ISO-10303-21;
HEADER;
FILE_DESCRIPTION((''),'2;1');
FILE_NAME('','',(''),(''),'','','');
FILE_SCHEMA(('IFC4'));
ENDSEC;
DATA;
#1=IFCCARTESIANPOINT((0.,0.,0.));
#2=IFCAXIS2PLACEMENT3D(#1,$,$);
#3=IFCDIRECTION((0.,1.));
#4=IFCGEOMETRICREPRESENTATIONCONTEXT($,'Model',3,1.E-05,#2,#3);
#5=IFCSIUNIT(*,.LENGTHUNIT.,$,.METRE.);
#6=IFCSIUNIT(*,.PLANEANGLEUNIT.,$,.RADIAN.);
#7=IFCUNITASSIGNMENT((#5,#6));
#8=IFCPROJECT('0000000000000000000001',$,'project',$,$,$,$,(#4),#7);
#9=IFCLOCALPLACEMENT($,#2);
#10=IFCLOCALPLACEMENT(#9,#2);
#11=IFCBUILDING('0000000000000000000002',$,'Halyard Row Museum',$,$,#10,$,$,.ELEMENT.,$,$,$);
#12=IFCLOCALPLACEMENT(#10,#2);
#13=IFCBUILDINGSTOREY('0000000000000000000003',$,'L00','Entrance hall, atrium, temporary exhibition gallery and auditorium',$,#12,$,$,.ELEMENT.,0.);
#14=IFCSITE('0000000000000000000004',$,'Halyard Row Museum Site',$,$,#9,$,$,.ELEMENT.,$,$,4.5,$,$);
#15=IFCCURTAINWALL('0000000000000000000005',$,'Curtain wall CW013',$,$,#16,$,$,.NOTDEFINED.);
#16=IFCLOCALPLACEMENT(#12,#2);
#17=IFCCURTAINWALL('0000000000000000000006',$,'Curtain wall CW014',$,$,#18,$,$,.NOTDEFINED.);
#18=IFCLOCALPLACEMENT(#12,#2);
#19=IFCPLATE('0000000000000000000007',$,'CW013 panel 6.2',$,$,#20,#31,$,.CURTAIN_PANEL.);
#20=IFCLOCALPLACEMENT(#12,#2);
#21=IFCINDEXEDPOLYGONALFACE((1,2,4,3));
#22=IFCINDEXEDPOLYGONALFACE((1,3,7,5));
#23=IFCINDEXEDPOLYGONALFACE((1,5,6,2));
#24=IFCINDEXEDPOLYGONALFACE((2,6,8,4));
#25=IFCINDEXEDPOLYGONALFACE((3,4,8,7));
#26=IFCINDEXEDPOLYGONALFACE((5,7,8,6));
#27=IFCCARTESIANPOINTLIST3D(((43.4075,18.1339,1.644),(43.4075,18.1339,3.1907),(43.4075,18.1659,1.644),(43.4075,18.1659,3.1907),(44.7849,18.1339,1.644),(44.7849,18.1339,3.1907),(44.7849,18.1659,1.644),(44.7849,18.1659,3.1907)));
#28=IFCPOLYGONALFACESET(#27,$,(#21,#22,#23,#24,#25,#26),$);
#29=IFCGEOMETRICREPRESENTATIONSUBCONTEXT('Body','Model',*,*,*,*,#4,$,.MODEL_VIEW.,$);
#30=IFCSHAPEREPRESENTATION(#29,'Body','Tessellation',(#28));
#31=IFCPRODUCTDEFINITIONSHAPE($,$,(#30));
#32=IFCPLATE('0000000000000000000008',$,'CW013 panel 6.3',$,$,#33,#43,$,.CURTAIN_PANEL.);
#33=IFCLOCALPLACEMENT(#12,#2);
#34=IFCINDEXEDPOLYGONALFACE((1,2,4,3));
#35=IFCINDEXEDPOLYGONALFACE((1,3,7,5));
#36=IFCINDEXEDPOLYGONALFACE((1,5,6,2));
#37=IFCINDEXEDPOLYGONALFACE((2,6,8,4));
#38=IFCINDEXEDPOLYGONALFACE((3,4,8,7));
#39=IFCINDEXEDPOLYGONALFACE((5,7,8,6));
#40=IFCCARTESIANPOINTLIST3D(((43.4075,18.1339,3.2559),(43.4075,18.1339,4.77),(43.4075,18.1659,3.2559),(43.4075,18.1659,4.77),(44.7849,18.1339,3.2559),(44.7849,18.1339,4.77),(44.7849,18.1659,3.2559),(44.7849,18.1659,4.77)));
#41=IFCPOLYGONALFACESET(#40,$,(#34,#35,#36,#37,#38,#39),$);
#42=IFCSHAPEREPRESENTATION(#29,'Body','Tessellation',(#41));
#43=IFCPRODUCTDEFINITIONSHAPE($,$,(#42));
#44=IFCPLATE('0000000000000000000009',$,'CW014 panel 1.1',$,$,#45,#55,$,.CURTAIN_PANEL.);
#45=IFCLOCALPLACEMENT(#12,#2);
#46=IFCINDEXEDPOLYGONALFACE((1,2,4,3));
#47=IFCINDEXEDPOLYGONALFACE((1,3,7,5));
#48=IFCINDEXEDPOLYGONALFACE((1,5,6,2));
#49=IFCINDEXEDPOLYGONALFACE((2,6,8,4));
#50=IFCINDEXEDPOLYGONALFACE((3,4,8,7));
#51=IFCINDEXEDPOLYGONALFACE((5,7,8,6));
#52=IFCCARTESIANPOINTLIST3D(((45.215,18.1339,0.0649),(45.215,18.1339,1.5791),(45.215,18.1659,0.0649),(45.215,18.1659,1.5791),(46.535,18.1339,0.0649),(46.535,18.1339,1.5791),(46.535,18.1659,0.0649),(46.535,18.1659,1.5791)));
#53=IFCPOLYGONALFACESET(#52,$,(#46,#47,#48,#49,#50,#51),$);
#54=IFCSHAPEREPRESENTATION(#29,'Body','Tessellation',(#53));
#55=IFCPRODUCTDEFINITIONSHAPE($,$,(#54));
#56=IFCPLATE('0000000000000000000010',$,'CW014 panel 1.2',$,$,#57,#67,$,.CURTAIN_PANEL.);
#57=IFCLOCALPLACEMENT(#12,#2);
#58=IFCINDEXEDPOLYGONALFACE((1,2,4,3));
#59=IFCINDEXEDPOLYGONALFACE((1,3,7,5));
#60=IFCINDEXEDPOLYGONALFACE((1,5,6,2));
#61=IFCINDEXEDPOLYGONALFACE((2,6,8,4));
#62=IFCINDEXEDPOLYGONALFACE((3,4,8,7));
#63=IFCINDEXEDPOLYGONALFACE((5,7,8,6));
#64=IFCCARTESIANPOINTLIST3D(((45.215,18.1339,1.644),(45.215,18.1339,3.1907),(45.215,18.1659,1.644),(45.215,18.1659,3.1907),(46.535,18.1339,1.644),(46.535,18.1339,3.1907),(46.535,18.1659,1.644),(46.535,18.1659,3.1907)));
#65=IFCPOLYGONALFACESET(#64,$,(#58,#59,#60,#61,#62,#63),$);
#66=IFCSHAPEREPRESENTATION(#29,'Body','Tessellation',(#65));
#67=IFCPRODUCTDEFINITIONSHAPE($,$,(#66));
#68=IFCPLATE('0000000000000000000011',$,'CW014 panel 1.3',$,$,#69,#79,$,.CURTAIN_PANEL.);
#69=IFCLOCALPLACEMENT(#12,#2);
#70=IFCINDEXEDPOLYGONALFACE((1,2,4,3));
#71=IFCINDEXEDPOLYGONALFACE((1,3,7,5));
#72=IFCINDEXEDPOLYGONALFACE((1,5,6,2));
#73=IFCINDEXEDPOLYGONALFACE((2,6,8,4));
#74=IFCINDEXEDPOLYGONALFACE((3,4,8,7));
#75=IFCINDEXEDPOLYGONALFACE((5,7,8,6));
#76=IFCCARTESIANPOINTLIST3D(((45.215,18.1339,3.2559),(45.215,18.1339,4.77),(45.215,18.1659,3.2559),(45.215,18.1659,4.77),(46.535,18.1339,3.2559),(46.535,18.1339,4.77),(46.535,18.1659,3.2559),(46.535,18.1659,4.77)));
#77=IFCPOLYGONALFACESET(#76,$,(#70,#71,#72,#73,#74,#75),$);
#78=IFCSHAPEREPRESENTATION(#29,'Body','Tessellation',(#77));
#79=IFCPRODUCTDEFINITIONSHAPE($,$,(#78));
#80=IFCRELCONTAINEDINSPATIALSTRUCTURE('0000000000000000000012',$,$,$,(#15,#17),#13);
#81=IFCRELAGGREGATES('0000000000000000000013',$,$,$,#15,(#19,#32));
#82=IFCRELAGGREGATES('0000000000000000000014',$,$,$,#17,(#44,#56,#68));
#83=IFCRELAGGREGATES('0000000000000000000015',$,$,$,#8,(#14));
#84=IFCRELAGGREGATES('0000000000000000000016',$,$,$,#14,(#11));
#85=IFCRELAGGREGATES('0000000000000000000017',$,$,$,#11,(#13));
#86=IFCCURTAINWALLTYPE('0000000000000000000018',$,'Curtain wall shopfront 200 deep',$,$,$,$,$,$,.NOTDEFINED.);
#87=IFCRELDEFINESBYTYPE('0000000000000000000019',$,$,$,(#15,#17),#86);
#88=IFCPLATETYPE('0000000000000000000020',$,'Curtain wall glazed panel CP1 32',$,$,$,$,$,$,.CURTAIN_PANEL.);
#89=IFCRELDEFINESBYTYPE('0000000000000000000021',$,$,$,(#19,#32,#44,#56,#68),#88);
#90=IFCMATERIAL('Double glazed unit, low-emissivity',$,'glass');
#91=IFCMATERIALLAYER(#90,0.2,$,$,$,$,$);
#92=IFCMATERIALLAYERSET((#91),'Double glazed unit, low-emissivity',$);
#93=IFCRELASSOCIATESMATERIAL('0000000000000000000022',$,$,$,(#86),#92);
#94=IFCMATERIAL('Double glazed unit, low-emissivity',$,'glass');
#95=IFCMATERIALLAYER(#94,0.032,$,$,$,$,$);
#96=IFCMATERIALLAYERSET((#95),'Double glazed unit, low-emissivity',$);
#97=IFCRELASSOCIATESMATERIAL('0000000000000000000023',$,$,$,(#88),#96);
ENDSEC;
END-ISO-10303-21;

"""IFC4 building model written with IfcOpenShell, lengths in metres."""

from ifc_helpers import new_model, si_unit, direction, frame, origin, origin_2d, place, context, subcontext, project, spatial, rectangle, extrude, material, layer, layer_set, type_object, element, aggregate, save


model = new_model("IFC4")

# Units and contexts
model_context = context("Model", 3, precision=1e-05, world=origin(), true_north=direction((0.0, 1.0)))
body_context = subcontext(model_context, "Body", "Model", "MODEL_VIEW")
ifc_project = project(units=[si_unit("LENGTHUNIT", "METRE"), si_unit("PLANEANGLEUNIT", "RADIAN")], contexts=[model_context])

# Site, building, storey
site_placement = place(None, origin())
site = spatial("IfcSite", under=ifc_project, at=site_placement, Name="Halyard Row Museum Site", CompositionType="ELEMENT", RefElevation=4.5)
building_placement = place(site_placement, origin())
building = spatial("IfcBuilding", under=site, at=building_placement, Name="Halyard Row Museum", CompositionType="ELEMENT")
storey_placement = place(building_placement, origin())
storey = spatial("IfcBuildingStorey", under=building, at=storey_placement, Name="L00", Description="Entrance hall, atrium, temporary exhibition gallery and auditorium", CompositionType="ELEMENT", Elevation=0.0)

# Curtain wall
ifc_material_1 = material(Name="Double glazed unit, low-emissivity", Category="glass")
ifc_layer_1 = layer(ifc_material_1, 0.2)
ifc_layer_set_1 = layer_set([ifc_layer_1], Name="Double glazed unit, low-emissivity")
curtain_wall_type = type_object("IfcCurtainWallType", Name="Curtain wall shopfront 200 deep", PredefinedType="NOTDEFINED", material=ifc_layer_set_1)
curtain_wall_1_placement = place(storey_placement, origin())
curtain_wall_1 = element("IfcCurtainWall", 1, at=curtain_wall_1_placement, inside=storey, type_object=curtain_wall_type, Name="Curtain wall CW013", PredefinedType="NOTDEFINED")

# Curtain wall
curtain_wall_2_placement = place(storey_placement, origin())
curtain_wall_2 = element("IfcCurtainWall", 2, at=curtain_wall_2_placement, inside=storey, type_object=curtain_wall_type, Name="Curtain wall CW014", PredefinedType="NOTDEFINED")

# Plates
ifc_material_2 = material(Name="Double glazed unit, low-emissivity", Category="glass")
ifc_layer_2 = layer(ifc_material_2, 0.032)
ifc_layer_set_2 = layer_set([ifc_layer_2], Name="Double glazed unit, low-emissivity")
plate_type = type_object("IfcPlateType", Name="Curtain wall glazed panel CP1 32", PredefinedType="CURTAIN_PANEL", material=ifc_layer_set_2)
plate_1_placement = place(storey_placement, frame((44.0962, 18.1499, 1.644), z_axis=(0.0, 0.0, 1.0), x_axis=(1.0, 0.0, 0.0)))
plate_1 = element("IfcPlate", 3, at=plate_1_placement, type_object=plate_type, Name="CW013 panel 6.2", PredefinedType="CURTAIN_PANEL", context=body_context, shape_type="SweptSolid", body=[
    extrude(rectangle(XDim=1.3774, YDim=0.032, at=origin_2d()), origin(), (0.0, 0.0, 1.0), 1.5466),
])
plate_2_placement = place(storey_placement, frame((44.0962, 18.1499, 3.2559), z_axis=(0.0, 0.0, 1.0), x_axis=(1.0, 0.0, 0.0)))
plate_2 = element("IfcPlate", 4, at=plate_2_placement, type_object=plate_type, Name="CW013 panel 6.3", PredefinedType="CURTAIN_PANEL", context=body_context, shape_type="SweptSolid", body=[
    extrude(rectangle(XDim=1.3774, YDim=0.032, at=origin_2d()), origin(), (0.0, 0.0, 1.0), 1.5142),
])
aggregate(curtain_wall_1, [plate_1, plate_2])
plate_3_placement = place(storey_placement, frame((45.875, 18.1499, 0.0649), z_axis=(0.0, 0.0, 1.0), x_axis=(1.0, 0.0, 0.0)))
plate_3 = element("IfcPlate", 5, at=plate_3_placement, type_object=plate_type, Name="CW014 panel 1.1", PredefinedType="CURTAIN_PANEL", context=body_context, shape_type="SweptSolid", body=[
    extrude(rectangle(XDim=1.3201, YDim=0.032, at=origin_2d()), origin(), (0.0, 0.0, 1.0), 1.5142),
])
plate_4_placement = place(storey_placement, frame((45.875, 18.1499, 1.644), z_axis=(0.0, 0.0, 1.0), x_axis=(1.0, 0.0, 0.0)))
plate_4 = element("IfcPlate", 6, at=plate_4_placement, type_object=plate_type, Name="CW014 panel 1.2", PredefinedType="CURTAIN_PANEL", context=body_context, shape_type="SweptSolid", body=[
    extrude(rectangle(XDim=1.3201, YDim=0.032, at=origin_2d()), origin(), (0.0, 0.0, 1.0), 1.5466),
])
plate_5_placement = place(storey_placement, frame((45.875, 18.1499, 3.2559), z_axis=(0.0, 0.0, 1.0), x_axis=(1.0, 0.0, 0.0)))
plate_5 = element("IfcPlate", 7, at=plate_5_placement, type_object=plate_type, Name="CW014 panel 1.3", PredefinedType="CURTAIN_PANEL", context=body_context, shape_type="SweptSolid", body=[
    extrude(rectangle(XDim=1.3201, YDim=0.032, at=origin_2d()), origin(), (0.0, 0.0, 1.0), 1.5142),
])
aggregate(curtain_wall_2, [plate_3, plate_4, plate_5])

save(model, "model.ifc")
